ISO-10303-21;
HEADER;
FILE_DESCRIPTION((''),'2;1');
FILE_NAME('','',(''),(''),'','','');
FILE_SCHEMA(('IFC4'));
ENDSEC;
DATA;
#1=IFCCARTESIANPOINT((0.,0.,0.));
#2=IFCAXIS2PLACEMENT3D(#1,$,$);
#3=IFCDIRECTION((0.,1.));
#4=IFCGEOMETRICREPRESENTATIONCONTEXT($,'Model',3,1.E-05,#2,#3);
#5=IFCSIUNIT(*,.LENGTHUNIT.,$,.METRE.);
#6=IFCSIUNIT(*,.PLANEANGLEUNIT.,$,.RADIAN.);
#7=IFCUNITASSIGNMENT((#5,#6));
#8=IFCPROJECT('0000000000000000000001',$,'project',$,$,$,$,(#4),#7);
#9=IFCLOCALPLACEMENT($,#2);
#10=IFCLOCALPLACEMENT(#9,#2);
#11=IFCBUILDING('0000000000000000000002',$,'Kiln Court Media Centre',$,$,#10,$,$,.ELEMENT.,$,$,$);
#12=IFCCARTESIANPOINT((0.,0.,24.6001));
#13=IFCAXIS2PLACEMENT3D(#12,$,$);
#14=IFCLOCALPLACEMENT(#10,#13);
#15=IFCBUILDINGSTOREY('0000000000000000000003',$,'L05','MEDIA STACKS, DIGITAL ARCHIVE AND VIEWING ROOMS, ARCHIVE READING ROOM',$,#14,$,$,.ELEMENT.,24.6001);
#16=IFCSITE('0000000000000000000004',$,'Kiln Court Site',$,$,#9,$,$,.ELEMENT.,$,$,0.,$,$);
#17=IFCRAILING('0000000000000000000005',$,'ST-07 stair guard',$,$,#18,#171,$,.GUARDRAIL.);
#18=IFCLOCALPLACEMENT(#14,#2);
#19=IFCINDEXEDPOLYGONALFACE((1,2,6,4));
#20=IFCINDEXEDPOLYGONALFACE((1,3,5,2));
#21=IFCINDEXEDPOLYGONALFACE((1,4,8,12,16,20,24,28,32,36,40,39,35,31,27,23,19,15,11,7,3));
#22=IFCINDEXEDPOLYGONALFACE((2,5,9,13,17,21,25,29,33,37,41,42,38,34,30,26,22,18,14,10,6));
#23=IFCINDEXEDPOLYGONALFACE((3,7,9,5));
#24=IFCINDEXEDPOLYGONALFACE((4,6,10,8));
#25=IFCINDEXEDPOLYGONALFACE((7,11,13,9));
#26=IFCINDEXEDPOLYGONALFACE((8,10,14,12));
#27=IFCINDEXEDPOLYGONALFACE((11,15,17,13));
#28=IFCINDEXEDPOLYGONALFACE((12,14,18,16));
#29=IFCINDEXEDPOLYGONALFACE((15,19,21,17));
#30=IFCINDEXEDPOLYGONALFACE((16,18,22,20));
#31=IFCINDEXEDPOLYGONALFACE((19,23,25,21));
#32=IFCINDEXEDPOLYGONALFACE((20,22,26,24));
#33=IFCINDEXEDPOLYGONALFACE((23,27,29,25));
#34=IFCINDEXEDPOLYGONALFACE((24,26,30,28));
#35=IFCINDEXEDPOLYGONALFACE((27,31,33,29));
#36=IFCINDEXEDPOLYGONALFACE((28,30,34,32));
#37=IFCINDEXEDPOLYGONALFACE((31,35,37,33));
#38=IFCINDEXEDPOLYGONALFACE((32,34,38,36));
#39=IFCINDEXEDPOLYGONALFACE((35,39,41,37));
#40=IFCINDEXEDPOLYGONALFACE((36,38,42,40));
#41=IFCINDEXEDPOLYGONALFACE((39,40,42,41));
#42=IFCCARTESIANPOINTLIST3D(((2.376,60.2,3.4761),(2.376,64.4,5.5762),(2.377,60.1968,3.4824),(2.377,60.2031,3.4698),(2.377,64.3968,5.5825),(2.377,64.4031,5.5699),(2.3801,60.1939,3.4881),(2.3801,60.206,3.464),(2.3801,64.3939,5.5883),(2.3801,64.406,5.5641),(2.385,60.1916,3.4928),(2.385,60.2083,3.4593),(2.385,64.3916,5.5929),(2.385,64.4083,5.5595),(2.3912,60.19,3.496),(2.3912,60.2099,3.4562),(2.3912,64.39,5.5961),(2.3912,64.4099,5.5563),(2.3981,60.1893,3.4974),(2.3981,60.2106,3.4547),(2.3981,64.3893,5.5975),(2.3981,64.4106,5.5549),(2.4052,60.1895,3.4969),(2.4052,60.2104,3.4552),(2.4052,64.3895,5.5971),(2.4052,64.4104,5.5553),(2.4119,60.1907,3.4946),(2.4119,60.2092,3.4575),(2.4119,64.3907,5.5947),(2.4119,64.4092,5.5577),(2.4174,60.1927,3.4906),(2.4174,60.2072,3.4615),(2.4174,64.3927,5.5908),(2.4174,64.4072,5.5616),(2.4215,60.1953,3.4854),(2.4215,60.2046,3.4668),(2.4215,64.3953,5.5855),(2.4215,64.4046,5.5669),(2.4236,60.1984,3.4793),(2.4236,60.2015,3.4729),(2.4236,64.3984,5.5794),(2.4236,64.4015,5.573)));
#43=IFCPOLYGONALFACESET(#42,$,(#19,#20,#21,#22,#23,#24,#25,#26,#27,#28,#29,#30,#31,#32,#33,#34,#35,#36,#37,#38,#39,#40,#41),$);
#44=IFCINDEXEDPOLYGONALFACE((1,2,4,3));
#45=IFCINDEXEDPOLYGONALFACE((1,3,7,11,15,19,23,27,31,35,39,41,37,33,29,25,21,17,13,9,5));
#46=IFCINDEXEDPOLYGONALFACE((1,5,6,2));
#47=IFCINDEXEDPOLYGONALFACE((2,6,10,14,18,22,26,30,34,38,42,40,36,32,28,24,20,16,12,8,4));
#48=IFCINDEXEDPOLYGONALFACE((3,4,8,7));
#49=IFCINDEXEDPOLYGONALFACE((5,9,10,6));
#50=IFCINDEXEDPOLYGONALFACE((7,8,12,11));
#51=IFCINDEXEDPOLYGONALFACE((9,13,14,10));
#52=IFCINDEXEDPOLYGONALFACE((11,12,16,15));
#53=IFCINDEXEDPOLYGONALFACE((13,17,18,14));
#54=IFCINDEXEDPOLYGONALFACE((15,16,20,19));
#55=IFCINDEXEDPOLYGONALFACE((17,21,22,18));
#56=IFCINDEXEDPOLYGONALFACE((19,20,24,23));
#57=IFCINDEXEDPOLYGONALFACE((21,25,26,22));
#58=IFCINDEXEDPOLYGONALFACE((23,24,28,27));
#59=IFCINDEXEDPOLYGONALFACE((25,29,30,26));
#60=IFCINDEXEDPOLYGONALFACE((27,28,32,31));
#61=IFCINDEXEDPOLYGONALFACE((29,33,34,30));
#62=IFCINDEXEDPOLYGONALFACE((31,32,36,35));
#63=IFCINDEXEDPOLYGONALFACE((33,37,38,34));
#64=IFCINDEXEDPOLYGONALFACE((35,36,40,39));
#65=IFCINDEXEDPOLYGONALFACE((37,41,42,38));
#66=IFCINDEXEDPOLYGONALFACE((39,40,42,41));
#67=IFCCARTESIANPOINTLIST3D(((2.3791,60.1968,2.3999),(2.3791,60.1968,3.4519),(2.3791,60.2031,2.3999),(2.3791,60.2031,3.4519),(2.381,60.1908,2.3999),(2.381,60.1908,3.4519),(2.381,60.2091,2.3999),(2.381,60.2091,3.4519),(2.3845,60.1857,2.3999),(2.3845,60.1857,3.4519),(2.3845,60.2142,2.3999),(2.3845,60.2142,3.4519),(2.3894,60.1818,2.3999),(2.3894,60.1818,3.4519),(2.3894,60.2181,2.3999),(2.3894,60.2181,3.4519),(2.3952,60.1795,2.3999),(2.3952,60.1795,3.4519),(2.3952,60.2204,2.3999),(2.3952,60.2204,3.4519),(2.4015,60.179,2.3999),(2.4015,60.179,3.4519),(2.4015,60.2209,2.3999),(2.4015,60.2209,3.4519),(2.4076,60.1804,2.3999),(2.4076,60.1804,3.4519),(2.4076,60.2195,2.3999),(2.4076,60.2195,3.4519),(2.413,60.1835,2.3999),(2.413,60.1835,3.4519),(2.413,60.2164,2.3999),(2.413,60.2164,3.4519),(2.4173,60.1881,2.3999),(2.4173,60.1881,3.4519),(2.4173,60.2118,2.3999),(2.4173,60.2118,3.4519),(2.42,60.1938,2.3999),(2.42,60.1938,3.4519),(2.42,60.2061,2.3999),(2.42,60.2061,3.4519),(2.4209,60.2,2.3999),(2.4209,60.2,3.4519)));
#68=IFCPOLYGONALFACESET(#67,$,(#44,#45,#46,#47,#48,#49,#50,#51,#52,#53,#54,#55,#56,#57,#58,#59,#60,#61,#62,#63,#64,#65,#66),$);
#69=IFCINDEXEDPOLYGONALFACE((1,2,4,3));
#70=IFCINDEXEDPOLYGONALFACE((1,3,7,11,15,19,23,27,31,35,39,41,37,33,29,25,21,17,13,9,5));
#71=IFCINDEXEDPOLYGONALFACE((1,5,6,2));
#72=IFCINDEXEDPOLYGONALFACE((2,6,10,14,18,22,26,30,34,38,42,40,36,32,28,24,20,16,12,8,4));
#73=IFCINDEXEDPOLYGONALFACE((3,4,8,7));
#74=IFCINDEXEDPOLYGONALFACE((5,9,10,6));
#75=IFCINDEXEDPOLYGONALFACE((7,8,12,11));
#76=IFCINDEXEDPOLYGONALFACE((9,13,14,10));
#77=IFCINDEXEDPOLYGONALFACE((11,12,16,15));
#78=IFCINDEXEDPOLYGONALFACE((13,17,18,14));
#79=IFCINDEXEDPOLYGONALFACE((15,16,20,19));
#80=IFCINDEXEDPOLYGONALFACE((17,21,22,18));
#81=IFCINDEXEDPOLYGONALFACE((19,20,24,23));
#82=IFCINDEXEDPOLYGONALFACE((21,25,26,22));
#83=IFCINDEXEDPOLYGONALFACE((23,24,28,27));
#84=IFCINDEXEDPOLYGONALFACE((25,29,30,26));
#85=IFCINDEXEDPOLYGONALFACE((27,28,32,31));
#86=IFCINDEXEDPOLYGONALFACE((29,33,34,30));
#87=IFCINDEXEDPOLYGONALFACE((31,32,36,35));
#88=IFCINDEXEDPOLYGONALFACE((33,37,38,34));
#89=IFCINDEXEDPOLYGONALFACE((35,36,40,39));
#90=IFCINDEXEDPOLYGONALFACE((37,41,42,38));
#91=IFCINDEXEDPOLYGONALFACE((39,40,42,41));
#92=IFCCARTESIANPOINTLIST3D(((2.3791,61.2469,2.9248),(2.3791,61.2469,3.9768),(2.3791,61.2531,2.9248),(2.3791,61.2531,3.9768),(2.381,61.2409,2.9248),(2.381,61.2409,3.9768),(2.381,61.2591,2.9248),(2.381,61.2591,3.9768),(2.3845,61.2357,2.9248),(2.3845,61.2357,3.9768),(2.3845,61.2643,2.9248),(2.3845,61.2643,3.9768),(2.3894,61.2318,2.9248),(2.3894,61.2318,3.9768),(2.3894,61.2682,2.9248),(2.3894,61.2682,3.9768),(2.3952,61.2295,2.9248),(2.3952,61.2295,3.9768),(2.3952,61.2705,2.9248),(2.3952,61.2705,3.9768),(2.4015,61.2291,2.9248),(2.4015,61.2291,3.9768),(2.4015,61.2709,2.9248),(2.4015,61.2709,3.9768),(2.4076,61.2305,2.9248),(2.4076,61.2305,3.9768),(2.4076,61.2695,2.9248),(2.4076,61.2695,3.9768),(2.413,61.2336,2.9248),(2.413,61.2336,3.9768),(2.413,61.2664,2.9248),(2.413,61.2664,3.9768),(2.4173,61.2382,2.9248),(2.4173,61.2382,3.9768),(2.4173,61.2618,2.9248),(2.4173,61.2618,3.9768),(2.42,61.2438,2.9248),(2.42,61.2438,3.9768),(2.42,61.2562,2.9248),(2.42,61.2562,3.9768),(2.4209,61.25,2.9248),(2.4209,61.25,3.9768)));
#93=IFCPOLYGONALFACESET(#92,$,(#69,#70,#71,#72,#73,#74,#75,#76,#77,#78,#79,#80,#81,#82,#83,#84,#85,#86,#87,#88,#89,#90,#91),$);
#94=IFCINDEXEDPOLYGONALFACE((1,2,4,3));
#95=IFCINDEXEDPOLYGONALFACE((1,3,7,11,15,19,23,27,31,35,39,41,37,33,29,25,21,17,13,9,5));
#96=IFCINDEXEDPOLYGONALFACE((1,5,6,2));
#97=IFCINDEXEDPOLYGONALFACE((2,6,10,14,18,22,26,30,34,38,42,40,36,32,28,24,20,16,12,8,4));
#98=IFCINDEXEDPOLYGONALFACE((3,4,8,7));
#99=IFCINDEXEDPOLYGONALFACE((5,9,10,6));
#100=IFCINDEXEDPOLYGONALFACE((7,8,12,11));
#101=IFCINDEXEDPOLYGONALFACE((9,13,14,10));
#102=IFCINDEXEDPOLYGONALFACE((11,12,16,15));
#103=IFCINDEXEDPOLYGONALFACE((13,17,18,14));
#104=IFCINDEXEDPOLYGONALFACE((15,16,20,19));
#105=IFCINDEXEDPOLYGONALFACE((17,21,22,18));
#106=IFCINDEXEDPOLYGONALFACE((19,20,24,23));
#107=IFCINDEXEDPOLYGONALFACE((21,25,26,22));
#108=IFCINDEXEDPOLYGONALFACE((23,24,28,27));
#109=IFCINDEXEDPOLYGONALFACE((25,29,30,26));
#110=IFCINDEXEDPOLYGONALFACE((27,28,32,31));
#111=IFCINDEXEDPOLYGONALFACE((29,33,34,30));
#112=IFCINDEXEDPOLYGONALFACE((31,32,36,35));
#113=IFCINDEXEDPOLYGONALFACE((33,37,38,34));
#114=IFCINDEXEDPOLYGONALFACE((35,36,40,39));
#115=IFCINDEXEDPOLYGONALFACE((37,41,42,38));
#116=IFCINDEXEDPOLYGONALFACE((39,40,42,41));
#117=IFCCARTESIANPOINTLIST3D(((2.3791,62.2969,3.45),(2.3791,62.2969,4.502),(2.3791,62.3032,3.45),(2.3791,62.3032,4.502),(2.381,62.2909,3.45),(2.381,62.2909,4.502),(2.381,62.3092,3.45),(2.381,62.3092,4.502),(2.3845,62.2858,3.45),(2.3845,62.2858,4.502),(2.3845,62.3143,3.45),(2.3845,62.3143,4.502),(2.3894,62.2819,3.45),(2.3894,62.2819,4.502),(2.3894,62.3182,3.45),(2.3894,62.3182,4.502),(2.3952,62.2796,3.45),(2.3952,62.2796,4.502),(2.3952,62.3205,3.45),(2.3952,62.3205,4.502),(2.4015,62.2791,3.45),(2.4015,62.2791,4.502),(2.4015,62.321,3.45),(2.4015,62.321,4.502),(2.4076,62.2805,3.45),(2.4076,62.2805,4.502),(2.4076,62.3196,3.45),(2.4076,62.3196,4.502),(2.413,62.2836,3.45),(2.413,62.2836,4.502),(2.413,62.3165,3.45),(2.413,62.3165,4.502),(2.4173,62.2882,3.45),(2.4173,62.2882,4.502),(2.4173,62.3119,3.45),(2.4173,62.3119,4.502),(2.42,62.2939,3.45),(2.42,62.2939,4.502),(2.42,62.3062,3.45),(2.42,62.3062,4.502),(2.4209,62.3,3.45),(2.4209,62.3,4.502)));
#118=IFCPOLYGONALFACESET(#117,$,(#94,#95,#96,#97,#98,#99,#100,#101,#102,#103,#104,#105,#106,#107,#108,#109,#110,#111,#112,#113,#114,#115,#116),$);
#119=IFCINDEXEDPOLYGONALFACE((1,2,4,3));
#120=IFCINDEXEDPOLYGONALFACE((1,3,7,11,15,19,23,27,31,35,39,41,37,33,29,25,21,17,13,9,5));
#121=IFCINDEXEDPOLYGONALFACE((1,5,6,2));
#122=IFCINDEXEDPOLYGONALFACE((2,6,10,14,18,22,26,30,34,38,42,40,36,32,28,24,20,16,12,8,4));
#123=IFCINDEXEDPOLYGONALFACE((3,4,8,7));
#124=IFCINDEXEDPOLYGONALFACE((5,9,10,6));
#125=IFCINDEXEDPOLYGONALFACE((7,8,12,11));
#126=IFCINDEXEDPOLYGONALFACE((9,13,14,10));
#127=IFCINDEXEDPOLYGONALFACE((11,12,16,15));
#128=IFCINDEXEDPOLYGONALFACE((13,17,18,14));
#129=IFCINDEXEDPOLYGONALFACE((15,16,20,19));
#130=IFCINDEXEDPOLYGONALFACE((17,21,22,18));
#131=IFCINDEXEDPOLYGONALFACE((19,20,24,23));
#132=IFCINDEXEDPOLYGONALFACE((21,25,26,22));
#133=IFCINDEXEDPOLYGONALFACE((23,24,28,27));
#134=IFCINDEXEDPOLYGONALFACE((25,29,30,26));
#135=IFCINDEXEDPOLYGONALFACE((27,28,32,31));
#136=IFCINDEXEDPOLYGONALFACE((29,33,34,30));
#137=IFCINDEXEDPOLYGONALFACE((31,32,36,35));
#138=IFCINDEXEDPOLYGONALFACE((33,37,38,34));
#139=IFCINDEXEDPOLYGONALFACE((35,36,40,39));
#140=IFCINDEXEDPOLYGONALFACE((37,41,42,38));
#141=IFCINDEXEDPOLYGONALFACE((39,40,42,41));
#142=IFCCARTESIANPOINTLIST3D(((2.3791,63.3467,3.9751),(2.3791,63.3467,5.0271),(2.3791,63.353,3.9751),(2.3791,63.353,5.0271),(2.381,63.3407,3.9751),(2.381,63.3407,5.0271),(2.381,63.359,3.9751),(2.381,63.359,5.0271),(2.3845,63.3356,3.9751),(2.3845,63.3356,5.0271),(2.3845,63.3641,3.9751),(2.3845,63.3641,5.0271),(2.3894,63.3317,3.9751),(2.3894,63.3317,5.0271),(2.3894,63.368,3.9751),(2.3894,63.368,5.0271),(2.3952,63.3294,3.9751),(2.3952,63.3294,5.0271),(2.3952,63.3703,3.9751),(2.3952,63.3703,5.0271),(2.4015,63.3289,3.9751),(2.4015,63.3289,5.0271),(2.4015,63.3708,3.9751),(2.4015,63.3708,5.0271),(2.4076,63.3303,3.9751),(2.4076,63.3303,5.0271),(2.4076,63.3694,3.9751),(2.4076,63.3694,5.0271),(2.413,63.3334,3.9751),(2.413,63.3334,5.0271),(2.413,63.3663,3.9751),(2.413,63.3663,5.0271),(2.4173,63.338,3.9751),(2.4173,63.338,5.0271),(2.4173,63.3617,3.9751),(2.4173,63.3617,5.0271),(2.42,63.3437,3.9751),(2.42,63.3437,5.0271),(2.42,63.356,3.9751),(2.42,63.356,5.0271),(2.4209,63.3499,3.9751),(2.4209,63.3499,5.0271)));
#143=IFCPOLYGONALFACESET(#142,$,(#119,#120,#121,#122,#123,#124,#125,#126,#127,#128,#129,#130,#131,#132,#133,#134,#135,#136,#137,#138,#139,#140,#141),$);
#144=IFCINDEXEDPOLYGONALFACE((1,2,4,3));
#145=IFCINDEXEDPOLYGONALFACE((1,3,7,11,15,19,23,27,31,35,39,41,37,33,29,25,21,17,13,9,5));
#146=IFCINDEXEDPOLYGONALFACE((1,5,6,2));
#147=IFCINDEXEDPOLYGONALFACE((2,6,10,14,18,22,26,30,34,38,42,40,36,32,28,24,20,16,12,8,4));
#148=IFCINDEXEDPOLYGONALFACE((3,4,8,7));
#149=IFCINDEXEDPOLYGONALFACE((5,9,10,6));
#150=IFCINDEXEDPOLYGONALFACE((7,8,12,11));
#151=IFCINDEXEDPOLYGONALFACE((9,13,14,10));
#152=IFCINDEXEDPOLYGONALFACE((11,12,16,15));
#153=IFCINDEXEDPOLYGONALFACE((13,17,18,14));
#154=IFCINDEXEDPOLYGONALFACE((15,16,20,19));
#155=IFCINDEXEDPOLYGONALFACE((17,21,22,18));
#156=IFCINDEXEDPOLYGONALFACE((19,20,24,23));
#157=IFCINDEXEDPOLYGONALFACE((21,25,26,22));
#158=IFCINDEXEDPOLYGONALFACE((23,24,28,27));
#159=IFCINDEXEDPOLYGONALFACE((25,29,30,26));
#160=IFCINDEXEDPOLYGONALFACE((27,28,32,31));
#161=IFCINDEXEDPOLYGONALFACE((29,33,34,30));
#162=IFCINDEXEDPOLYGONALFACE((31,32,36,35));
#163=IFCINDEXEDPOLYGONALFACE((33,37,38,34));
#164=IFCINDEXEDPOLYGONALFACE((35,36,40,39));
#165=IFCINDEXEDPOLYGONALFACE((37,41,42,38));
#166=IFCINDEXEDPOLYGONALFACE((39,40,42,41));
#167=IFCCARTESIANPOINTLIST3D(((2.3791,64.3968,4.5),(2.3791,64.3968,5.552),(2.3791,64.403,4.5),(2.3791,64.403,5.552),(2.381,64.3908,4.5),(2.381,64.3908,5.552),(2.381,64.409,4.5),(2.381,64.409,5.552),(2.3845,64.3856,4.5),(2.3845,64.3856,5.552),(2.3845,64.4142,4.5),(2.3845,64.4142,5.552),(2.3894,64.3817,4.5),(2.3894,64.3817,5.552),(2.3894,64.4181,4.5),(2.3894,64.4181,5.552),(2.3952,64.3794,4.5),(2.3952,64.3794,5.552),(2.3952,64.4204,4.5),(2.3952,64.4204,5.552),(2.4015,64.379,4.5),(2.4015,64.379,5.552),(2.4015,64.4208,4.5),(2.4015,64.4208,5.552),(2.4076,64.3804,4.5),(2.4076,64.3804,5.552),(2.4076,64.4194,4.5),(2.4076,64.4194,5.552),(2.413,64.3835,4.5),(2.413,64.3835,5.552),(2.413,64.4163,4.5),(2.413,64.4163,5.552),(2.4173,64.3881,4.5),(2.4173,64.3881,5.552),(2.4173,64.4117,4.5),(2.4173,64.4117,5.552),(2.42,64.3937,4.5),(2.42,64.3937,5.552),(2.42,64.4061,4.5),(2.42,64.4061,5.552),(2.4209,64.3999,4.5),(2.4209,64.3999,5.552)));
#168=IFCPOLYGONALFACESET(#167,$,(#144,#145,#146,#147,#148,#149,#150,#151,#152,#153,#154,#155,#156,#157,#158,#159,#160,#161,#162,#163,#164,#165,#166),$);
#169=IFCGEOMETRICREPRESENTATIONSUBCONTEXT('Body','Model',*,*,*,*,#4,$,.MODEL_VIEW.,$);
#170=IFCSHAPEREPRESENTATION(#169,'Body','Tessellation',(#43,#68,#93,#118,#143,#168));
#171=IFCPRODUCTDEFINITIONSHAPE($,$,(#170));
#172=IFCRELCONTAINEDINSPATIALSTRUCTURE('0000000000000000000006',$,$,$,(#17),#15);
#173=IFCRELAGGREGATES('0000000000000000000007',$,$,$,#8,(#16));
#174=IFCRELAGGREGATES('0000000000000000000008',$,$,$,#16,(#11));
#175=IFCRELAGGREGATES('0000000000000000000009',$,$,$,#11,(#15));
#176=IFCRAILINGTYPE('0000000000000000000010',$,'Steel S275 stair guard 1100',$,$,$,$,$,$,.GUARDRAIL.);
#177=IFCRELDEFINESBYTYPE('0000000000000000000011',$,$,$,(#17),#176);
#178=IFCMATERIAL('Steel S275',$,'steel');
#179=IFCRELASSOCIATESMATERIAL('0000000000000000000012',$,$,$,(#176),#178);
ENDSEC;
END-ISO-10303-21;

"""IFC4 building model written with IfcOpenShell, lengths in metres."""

from ifc_helpers import new_model, si_unit, direction, frame, origin, origin_2d, place, context, subcontext, project, spatial, circle, extrude, material, type_object, element, save


model = new_model("IFC4")

# Units and contexts
model_context = context("Model", 3, precision=1e-05, world=origin(), true_north=direction((0.0, 1.0)))
body_context = subcontext(model_context, "Body", "Model", "MODEL_VIEW")
ifc_project = project(units=[si_unit("LENGTHUNIT", "METRE"), si_unit("PLANEANGLEUNIT", "RADIAN")], contexts=[model_context])

# Site, building, storey
site_placement = place(None, origin())
site = spatial("IfcSite", under=ifc_project, at=site_placement, Name="Kiln Court Site", CompositionType="ELEMENT", RefElevation=0.0)
building_placement = place(site_placement, origin())
building = spatial("IfcBuilding", under=site, at=building_placement, Name="Kiln Court Media Centre", CompositionType="ELEMENT")
storey_placement = place(building_placement, frame((0.0, 0.0, 24.6001)))
storey = spatial("IfcBuildingStorey", under=building, at=storey_placement, Name="L05", Description="MEDIA STACKS, DIGITAL ARCHIVE AND VIEWING ROOMS, ARCHIVE READING ROOM", CompositionType="ELEMENT", Elevation=24.6001)

# Railing
ifc_material_1 = material(Name="Steel S275", Category="steel")
railing_type_1 = type_object("IfcRailingType", Name="Steel S275 stair guard 1100", PredefinedType="GUARDRAIL", material=ifc_material_1)
railing_1_placement = place(storey_placement, frame((2.3999, 60.2, 2.3999)))
element("IfcRailing", 1, at=railing_1_placement, inside=storey, type_object=railing_type_1, Name="ST-07 stair guard", PredefinedType="GUARDRAIL", context=body_context, shape_type="SweptSolid", body=[
    extrude(circle(Radius=0.0239, at=origin_2d()), frame((0.0, 0.0, 1.0762), z_axis=(0.0, 0.894417, 0.447234), x_axis=(-1.0, 0.0, 0.0)), (0.0, 0.0, 1.0), 4.6958),
    extrude(circle(Radius=0.021, at=origin_2d()), origin(), (0.0, 0.0, 1.0), 1.052),
    extrude(circle(Radius=0.021, at=origin_2d()), frame((0.0, 1.05, 0.5249)), (0.0, 0.0, 1.0), 1.052),
    extrude(circle(Radius=0.021, at=origin_2d()), frame((0.0, 2.1001, 1.05)), (0.0, 0.0, 1.0), 1.052),
    extrude(circle(Radius=0.021, at=origin_2d()), frame((0.0, 3.1499, 1.5752)), (0.0, 0.0, 1.0), 1.052),
    extrude(circle(Radius=0.021, at=origin_2d()), frame((0.0, 4.2, 2.1001)), (0.0, 0.0, 1.0), 1.052),
])

save(model, "model.ifc")
